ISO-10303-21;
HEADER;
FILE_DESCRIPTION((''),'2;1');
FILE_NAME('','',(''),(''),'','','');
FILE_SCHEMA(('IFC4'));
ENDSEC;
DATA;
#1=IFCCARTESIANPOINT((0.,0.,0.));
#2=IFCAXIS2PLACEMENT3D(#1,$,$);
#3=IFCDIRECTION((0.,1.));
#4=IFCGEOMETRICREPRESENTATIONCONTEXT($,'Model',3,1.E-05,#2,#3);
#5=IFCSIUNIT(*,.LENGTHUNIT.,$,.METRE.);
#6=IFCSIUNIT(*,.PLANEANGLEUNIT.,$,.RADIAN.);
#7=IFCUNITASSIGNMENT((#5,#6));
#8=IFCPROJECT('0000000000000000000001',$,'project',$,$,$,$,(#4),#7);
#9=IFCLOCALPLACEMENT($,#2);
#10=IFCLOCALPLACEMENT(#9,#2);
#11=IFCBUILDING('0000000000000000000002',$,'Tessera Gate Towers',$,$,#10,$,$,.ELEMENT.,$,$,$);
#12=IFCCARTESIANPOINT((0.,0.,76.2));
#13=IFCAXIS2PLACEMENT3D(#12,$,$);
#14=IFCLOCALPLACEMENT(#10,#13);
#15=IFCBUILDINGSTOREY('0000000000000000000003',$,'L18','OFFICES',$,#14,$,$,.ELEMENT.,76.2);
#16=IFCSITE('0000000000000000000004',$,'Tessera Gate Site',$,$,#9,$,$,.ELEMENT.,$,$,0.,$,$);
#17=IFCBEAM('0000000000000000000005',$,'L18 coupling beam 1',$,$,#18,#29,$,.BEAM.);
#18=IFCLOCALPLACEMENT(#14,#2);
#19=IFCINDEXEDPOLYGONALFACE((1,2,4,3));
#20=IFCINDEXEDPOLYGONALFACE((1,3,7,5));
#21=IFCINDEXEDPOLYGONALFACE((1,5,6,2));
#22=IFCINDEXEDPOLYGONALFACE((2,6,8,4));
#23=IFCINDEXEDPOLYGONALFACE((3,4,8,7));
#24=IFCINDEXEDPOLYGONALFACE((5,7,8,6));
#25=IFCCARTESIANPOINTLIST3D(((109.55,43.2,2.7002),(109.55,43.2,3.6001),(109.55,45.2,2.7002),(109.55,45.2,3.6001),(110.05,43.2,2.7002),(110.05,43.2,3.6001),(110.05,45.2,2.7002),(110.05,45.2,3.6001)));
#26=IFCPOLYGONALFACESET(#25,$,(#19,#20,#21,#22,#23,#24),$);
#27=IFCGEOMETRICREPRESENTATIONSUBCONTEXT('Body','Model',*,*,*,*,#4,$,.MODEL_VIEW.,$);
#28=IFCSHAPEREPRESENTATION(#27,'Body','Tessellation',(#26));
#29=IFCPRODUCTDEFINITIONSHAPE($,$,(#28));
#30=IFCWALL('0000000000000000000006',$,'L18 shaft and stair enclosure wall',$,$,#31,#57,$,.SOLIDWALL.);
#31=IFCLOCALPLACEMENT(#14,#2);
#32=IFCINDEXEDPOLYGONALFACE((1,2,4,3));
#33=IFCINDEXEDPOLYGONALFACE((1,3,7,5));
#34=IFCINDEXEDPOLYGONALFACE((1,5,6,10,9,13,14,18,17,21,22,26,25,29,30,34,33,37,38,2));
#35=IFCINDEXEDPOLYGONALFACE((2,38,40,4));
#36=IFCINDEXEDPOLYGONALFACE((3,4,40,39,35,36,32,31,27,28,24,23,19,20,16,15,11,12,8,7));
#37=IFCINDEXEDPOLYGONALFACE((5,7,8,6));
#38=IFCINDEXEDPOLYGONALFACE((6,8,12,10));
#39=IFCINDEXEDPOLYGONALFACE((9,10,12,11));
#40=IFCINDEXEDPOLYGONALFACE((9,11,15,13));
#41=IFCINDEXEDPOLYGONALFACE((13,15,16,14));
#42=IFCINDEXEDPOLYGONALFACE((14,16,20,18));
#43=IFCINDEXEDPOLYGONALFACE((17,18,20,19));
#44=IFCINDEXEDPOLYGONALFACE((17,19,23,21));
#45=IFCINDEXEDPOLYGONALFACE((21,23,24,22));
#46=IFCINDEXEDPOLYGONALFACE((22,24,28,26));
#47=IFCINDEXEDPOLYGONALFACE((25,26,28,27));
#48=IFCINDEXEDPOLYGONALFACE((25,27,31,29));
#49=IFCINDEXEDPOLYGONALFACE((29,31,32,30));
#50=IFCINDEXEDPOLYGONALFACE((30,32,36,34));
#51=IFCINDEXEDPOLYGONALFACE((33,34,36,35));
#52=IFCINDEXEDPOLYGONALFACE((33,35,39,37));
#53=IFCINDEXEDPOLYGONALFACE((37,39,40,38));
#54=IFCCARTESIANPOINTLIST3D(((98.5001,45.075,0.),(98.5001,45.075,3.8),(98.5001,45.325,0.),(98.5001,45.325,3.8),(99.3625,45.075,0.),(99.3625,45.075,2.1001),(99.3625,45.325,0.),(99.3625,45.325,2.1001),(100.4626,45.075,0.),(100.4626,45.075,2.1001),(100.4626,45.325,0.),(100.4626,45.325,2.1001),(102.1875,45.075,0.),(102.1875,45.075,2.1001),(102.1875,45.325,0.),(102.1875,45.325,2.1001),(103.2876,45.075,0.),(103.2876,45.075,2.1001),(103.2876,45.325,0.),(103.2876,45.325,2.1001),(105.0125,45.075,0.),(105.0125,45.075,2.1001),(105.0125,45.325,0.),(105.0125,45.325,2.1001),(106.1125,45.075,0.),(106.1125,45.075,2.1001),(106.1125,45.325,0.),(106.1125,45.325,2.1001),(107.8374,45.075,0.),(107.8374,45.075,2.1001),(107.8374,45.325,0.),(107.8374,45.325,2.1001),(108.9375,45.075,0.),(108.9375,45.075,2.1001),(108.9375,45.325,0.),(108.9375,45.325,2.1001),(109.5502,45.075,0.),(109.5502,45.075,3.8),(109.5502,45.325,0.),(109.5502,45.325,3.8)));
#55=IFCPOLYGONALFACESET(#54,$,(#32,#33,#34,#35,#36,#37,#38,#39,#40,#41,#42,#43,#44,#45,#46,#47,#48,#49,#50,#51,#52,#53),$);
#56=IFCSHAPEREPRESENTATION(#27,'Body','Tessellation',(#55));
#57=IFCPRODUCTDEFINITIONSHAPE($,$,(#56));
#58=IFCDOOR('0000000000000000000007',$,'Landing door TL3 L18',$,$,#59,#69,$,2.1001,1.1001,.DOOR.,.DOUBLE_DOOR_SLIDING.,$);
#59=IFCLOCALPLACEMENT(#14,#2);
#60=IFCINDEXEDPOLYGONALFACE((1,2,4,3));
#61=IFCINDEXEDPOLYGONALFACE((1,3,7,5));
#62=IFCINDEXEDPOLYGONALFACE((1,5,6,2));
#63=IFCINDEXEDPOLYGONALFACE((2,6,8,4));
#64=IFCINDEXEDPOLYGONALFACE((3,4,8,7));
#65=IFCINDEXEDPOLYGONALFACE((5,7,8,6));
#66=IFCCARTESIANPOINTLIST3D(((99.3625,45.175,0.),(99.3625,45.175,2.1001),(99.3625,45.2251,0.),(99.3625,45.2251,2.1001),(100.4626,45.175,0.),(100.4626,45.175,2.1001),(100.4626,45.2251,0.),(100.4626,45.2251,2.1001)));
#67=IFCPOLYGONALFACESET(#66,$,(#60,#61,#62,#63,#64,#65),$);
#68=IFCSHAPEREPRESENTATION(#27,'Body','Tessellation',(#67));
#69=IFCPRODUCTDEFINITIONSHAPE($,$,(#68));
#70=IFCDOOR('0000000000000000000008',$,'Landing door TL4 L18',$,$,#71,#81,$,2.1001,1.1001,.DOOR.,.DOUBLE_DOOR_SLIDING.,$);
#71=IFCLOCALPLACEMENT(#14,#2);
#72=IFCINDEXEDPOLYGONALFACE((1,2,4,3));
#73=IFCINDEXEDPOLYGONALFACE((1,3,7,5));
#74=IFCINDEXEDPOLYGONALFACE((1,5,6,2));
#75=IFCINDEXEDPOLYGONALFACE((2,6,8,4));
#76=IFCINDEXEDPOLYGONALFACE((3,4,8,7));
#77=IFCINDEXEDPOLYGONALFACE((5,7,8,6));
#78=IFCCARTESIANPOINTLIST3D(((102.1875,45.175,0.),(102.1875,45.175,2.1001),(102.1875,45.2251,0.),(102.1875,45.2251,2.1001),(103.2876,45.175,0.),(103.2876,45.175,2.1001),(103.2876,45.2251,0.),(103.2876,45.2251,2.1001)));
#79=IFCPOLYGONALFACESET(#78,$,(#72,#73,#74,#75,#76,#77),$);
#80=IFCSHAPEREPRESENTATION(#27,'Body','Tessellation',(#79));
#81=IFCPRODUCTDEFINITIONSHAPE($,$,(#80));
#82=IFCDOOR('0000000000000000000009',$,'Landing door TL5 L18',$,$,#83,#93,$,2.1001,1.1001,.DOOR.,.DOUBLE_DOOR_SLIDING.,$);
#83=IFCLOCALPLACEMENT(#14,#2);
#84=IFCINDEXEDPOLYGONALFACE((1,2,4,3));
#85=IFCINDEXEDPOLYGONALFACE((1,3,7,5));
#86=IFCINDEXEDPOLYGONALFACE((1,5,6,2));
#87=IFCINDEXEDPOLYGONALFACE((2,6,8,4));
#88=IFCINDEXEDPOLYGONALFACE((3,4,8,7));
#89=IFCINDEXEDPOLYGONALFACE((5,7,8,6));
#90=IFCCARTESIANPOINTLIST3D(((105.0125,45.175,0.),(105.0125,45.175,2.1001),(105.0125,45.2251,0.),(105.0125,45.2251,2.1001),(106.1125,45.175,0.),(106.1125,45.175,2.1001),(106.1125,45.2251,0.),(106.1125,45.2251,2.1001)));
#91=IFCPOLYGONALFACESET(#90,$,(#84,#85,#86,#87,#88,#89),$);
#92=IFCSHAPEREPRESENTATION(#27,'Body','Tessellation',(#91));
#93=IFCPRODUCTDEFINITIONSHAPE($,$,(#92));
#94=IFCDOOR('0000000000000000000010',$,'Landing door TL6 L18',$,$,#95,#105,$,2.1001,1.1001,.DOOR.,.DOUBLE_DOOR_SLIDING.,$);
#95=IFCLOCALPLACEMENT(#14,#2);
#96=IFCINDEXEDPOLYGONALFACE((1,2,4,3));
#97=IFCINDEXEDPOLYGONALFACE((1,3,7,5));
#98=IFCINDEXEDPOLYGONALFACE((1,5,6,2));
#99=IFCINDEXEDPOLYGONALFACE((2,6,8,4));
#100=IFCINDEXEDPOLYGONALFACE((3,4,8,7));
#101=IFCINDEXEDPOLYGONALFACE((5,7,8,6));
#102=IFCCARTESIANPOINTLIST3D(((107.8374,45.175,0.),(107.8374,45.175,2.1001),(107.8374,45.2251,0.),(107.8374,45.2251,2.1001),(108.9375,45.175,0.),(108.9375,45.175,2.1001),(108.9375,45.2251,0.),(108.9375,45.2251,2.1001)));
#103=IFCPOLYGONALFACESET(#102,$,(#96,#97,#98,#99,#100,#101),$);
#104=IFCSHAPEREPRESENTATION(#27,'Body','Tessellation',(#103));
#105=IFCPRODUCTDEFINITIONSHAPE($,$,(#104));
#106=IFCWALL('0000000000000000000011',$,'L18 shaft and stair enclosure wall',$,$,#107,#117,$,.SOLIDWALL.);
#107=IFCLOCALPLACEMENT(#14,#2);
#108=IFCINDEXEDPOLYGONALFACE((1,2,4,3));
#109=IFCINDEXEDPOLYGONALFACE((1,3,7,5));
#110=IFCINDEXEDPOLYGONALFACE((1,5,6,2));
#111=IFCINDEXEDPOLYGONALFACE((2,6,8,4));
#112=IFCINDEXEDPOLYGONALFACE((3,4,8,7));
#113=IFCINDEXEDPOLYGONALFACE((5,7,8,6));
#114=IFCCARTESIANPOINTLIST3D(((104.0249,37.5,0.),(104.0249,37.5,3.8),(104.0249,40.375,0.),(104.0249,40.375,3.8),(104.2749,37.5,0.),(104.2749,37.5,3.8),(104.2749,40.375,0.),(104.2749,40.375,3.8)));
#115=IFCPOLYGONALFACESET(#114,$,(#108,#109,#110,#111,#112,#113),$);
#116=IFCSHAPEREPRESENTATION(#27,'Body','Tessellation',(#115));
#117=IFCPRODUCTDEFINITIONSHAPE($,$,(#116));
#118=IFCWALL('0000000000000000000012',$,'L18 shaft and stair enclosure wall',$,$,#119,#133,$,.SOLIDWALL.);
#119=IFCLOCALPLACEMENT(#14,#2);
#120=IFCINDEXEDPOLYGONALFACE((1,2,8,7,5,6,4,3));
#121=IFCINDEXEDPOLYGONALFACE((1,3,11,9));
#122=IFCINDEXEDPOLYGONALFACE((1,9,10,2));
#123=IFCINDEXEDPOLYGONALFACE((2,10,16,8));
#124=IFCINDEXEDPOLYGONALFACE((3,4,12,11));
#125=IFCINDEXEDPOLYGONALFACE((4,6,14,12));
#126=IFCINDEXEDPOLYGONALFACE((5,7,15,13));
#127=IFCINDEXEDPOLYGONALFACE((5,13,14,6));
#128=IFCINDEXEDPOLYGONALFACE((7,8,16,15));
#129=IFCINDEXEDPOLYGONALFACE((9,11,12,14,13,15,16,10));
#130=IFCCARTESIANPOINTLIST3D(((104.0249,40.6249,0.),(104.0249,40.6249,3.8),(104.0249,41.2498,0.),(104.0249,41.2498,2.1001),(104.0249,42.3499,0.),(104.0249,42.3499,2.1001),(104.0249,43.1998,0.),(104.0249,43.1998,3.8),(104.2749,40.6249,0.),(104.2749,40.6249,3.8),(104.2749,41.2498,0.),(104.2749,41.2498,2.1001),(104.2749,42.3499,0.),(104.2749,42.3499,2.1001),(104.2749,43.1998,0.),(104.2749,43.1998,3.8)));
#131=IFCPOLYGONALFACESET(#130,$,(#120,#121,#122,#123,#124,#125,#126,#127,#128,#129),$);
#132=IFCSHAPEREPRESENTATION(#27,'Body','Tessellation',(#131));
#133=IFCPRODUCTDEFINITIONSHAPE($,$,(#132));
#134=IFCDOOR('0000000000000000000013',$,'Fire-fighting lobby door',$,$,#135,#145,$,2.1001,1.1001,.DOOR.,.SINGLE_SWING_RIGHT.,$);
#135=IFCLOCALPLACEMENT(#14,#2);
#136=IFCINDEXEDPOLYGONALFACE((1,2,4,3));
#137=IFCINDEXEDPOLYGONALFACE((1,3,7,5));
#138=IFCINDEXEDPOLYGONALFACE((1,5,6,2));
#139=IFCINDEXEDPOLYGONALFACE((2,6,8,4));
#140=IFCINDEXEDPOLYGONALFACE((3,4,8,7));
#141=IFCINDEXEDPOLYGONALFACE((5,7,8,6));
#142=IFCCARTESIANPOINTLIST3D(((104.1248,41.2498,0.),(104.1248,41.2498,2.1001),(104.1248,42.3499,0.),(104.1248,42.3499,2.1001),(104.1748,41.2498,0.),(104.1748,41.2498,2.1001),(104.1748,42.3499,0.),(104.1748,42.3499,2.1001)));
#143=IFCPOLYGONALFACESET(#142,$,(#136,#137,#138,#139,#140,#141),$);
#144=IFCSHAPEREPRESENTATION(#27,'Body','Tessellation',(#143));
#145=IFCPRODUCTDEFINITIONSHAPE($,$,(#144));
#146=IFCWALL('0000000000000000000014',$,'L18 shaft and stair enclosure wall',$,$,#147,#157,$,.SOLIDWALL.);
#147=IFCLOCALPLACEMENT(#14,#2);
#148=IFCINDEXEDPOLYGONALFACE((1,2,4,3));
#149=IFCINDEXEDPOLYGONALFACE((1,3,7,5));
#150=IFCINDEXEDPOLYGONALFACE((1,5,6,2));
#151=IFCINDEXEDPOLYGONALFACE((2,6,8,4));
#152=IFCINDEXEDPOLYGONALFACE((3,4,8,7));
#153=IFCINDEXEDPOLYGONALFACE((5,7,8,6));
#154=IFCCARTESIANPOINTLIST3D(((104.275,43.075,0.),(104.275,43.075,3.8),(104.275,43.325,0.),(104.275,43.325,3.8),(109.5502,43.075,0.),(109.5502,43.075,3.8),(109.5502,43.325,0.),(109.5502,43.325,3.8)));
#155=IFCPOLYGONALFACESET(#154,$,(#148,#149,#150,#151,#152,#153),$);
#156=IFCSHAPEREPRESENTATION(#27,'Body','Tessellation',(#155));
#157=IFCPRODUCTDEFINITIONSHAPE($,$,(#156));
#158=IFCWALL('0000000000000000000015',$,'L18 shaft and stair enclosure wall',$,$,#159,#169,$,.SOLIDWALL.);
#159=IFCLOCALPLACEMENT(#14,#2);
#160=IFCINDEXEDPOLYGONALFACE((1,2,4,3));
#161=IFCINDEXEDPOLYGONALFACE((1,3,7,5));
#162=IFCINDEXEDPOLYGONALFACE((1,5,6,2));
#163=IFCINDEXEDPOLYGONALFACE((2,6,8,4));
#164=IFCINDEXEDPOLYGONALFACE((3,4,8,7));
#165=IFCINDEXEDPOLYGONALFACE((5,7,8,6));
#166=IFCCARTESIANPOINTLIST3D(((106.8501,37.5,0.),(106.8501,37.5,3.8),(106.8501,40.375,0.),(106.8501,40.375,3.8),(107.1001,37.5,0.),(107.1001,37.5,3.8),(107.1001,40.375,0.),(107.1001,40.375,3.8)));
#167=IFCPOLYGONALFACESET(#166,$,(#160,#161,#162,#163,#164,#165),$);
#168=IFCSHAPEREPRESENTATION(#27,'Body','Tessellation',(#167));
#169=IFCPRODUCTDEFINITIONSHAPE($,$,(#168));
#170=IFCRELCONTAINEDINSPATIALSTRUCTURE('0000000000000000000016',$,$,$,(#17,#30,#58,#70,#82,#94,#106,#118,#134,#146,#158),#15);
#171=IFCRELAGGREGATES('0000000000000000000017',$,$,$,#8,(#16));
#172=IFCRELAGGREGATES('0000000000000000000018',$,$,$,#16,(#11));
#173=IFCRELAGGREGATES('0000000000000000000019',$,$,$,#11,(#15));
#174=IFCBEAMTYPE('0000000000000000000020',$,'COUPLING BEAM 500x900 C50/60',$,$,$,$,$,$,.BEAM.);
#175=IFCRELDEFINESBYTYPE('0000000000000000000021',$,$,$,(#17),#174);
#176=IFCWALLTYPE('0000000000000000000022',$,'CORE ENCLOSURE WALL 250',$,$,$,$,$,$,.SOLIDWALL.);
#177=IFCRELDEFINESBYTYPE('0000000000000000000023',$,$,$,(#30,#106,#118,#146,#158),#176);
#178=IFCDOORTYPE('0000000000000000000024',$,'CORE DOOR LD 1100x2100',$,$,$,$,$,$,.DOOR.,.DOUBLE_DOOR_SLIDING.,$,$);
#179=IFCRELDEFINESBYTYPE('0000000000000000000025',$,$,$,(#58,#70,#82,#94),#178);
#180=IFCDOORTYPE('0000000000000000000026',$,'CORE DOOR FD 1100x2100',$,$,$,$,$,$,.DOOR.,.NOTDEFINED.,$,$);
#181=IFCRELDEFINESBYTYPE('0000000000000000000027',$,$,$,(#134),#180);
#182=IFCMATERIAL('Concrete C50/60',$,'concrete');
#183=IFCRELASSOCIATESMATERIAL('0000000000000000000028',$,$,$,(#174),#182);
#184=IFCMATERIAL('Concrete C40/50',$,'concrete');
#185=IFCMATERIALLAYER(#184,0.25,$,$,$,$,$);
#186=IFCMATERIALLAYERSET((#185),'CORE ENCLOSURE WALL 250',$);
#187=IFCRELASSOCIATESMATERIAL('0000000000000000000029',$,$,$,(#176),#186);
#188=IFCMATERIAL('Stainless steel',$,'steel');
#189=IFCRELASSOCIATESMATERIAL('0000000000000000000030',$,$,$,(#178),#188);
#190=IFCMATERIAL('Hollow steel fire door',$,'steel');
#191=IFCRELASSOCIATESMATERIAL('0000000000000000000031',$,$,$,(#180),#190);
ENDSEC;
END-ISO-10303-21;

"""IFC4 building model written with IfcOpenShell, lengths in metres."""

from ifc_helpers import new_model, si_unit, direction, frame, frame_2d, origin, origin_2d, place, context, subcontext, project, spatial, rectangle, extrude, source, transform, mapped, material, layer, layer_set, material_profile, profile_set, type_object, element, fill, save


model = new_model("IFC4")

# Units and contexts
model_context = context("Model", 3, precision=1e-05, world=origin(), true_north=direction((0.0, 1.0)))
body_context = subcontext(model_context, "Body", "Model", "MODEL_VIEW")
ifc_project = project(units=[si_unit("LENGTHUNIT", "METRE"), si_unit("PLANEANGLEUNIT", "RADIAN")], contexts=[model_context])

# Site, building, storey
site_placement = place(None, origin())
site = spatial("IfcSite", under=ifc_project, at=site_placement, Name="Tessera Gate Site", CompositionType="ELEMENT", RefElevation=0.0)
building_placement = place(site_placement, origin())
building = spatial("IfcBuilding", under=site, at=building_placement, Name="Tessera Gate Towers", CompositionType="ELEMENT")
storey_placement = place(building_placement, frame((0.0, 0.0, 76.2)))
storey = spatial("IfcBuildingStorey", under=building, at=storey_placement, Name="L18", Description="OFFICES", CompositionType="ELEMENT", Elevation=76.2)

# Beam
ifc_material_1 = material(Name="Concrete C50/60", Category="concrete")
ifc_material_profile = material_profile(ifc_material_1, rectangle(XDim=0.5, YDim=0.8999, at=origin_2d()), Name="RC 500x900")
ifc_profile_set = profile_set([ifc_material_profile], Name="Concrete C50/60")
beam_type = type_object("IfcBeamType", Name="COUPLING BEAM 500x900 C50/60", PredefinedType="BEAM", material=ifc_profile_set)
beam_placement = place(storey_placement, frame((109.8, 43.2, 3.1501), z_axis=(0.0, 1.0, 0.0), x_axis=(-1.0, 0.0, 0.0)))
element("IfcBeam", 1, at=beam_placement, inside=storey, type_object=beam_type, Name="L18 coupling beam 1", PredefinedType="BEAM", context=body_context, shape_type="SweptSolid", body=[
    extrude(rectangle(XDim=0.5, YDim=0.8999, at=origin_2d()), origin(), (0.0, 0.0, 1.0), 2.0),
])

# Wall, openings, doors
ifc_material_2 = material(Name="Concrete C40/50", Category="concrete")
ifc_layer_1 = layer(ifc_material_2, 0.25)
ifc_layer_set_1 = layer_set([ifc_layer_1], Name="CORE ENCLOSURE WALL 250")
wall_type_1 = type_object("IfcWallType", Name="CORE ENCLOSURE WALL 250", PredefinedType="SOLIDWALL", material=ifc_layer_set_1)
wall_1_placement = place(storey_placement, frame((109.55, 45.2, 0.0), z_axis=(0.0, 0.0, 1.0), x_axis=(-1.0, 0.0, 0.0)))
wall_1 = element("IfcWall", 2, at=wall_1_placement, inside=storey, type_object=wall_type_1, Name="L18 shaft and stair enclosure wall", PredefinedType="SOLIDWALL", context=body_context, shape_type="SweptSolid", body=[
    extrude(rectangle(XDim=11.05, YDim=0.25, at=frame_2d((5.5249, 0.0))), origin(), (0.0, 0.0, 1.0), 3.8),
])
shared_shape_1 = source(origin(), body_context, "Body", "SweptSolid", [
    extrude(rectangle(XDim=1.1001, YDim=2.1001, at=frame_2d((0.55, 1.05))), frame((0.0, 0.135, 0.0), z_axis=(0.0, -1.0, 0.0), x_axis=(1.0, 0.0, 0.0)), (0.0, 0.0, 1.0), 0.27),
])
opening_1_placement = place(wall_1_placement, frame((9.0874, 0.0, 0.0)))
opening_1 = element("IfcOpeningElement", 3, at=opening_1_placement, cuts=wall_1, PredefinedType="OPENING", context=body_context, shape_type="MappedRepresentation", body=[
    mapped(shared_shape_1, transform((0.0, 0.0, 0.0), scale=1.0)),
])
opening_2_placement = place(wall_1_placement, frame((6.2625, 0.0, 0.0)))
opening_2 = element("IfcOpeningElement", 4, at=opening_2_placement, cuts=wall_1, PredefinedType="OPENING", context=body_context, shape_type="MappedRepresentation", body=[
    mapped(shared_shape_1, transform((0.0, 0.0, 0.0), scale=1.0)),
])
opening_3_placement = place(wall_1_placement, frame((3.4375, 0.0, 0.0)))
opening_3 = element("IfcOpeningElement", 5, at=opening_3_placement, cuts=wall_1, PredefinedType="OPENING", context=body_context, shape_type="MappedRepresentation", body=[
    mapped(shared_shape_1, transform((0.0, 0.0, 0.0), scale=1.0)),
])
opening_4_placement = place(wall_1_placement, frame((0.6125, 0.0, 0.0)))
opening_4 = element("IfcOpeningElement", 6, at=opening_4_placement, cuts=wall_1, PredefinedType="OPENING", context=body_context, shape_type="MappedRepresentation", body=[
    mapped(shared_shape_1, transform((0.0, 0.0, 0.0), scale=1.0)),
])
ifc_material_3 = material(Name="Stainless steel", Category="steel")
door_type_1 = type_object("IfcDoorType", Name="CORE DOOR LD 1100x2100", OperationType="DOUBLE_DOOR_SLIDING", PredefinedType="DOOR", material=ifc_material_3)
shared_shape_2 = source(origin(), body_context, "Body", "SweptSolid", [
    extrude(rectangle(XDim=1.1001, YDim=2.1001, at=frame_2d((0.55, 1.05))), frame((0.0, 0.0249, 0.0), z_axis=(0.0, -1.0, 0.0), x_axis=(1.0, 0.0, 0.0)), (0.0, 0.0, 1.0), 0.05),
])
door_1_placement = place(opening_1_placement, origin())
door_1 = element("IfcDoor", 7, at=door_1_placement, inside=storey, type_object=door_type_1, Name="Landing door TL3 L18", OperationType="DOUBLE_DOOR_SLIDING", OverallHeight=2.1001, OverallWidth=1.1001, PredefinedType="DOOR", context=body_context, shape_type="MappedRepresentation", body=[
    mapped(shared_shape_2, transform((0.0, 0.0, 0.0), scale=1.0)),
])
fill(opening_1, door_1)
door_2_placement = place(opening_2_placement, origin())
door_2 = element("IfcDoor", 8, at=door_2_placement, inside=storey, type_object=door_type_1, Name="Landing door TL4 L18", OperationType="DOUBLE_DOOR_SLIDING", OverallHeight=2.1001, OverallWidth=1.1001, PredefinedType="DOOR", context=body_context, shape_type="MappedRepresentation", body=[
    mapped(shared_shape_2, transform((0.0, 0.0, 0.0), scale=1.0)),
])
fill(opening_2, door_2)
door_3_placement = place(opening_3_placement, origin())
door_3 = element("IfcDoor", 9, at=door_3_placement, inside=storey, type_object=door_type_1, Name="Landing door TL5 L18", OperationType="DOUBLE_DOOR_SLIDING", OverallHeight=2.1001, OverallWidth=1.1001, PredefinedType="DOOR", context=body_context, shape_type="MappedRepresentation", body=[
    mapped(shared_shape_2, transform((0.0, 0.0, 0.0), scale=1.0)),
])
fill(opening_3, door_3)
door_4_placement = place(opening_4_placement, origin())
door_4 = element("IfcDoor", 10, at=door_4_placement, inside=storey, type_object=door_type_1, Name="Landing door TL6 L18", OperationType="DOUBLE_DOOR_SLIDING", OverallHeight=2.1001, OverallWidth=1.1001, PredefinedType="DOOR", context=body_context, shape_type="MappedRepresentation", body=[
    mapped(shared_shape_2, transform((0.0, 0.0, 0.0), scale=1.0)),
])
fill(opening_4, door_4)

# Wall
wall_2_placement = place(storey_placement, frame((104.1499, 37.5, 0.0), z_axis=(0.0, 0.0, 1.0), x_axis=(0.0, 1.0, 0.0)))
element("IfcWall", 11, at=wall_2_placement, inside=storey, type_object=wall_type_1, Name="L18 shaft and stair enclosure wall", PredefinedType="SOLIDWALL", context=body_context, shape_type="SweptSolid", body=[
    extrude(rectangle(XDim=2.875, YDim=0.25, at=frame_2d((1.4375, 0.0))), origin(), (0.0, 0.0, 1.0), 3.8),
])

# Wall, opening, door
wall_3_placement = place(storey_placement, frame((104.1499, 43.2, 0.0), z_axis=(0.0, 0.0, 1.0), x_axis=(0.0, -1.0, 0.0)))
wall_3 = element("IfcWall", 12, at=wall_3_placement, inside=storey, type_object=wall_type_1, Name="L18 shaft and stair enclosure wall", PredefinedType="SOLIDWALL", context=body_context, shape_type="SweptSolid", body=[
    extrude(rectangle(XDim=2.575, YDim=0.25, at=frame_2d((1.2876, 0.0))), origin(), (0.0, 0.0, 1.0), 3.8),
])
opening_5_placement = place(wall_3_placement, frame((0.8501, 0.0, 0.0)))
opening_5 = element("IfcOpeningElement", 13, at=opening_5_placement, cuts=wall_3, PredefinedType="OPENING", context=body_context, shape_type="MappedRepresentation", body=[
    mapped(shared_shape_1, transform((0.0, 0.0, 0.0), scale=1.0)),
])
ifc_material_4 = material(Name="Hollow steel fire door", Category="steel")
door_type_2 = type_object("IfcDoorType", Name="CORE DOOR FD 1100x2100", OperationType="NOTDEFINED", PredefinedType="DOOR", material=ifc_material_4)
door_5_placement = place(opening_5_placement, origin())
door_5 = element("IfcDoor", 14, at=door_5_placement, inside=storey, type_object=door_type_2, Name="Fire-fighting lobby door", OperationType="SINGLE_SWING_RIGHT", OverallHeight=2.1001, OverallWidth=1.1001, PredefinedType="DOOR", context=body_context, shape_type="MappedRepresentation", body=[
    mapped(shared_shape_2, transform((0.0, 0.0, 0.0), scale=1.0)),
])
fill(opening_5, door_5)

# Walls
wall_4_placement = place(storey_placement, frame((104.2749, 43.2, 0.0), z_axis=(0.0, 0.0, 1.0), x_axis=(1.0, 0.0, 0.0)))
element("IfcWall", 15, at=wall_4_placement, inside=storey, type_object=wall_type_1, Name="L18 shaft and stair enclosure wall", PredefinedType="SOLIDWALL", context=body_context, shape_type="SweptSolid", body=[
    extrude(rectangle(XDim=5.2751, YDim=0.25, at=frame_2d((2.6377, 0.0))), origin(), (0.0, 0.0, 1.0), 3.8),
])
wall_5_placement = place(storey_placement, frame((106.9751, 37.5, 0.0), z_axis=(0.0, 0.0, 1.0), x_axis=(0.0, 1.0, 0.0)))
element("IfcWall", 16, at=wall_5_placement, inside=storey, type_object=wall_type_1, Name="L18 shaft and stair enclosure wall", PredefinedType="SOLIDWALL", context=body_context, shape_type="SweptSolid", body=[
    extrude(rectangle(XDim=2.875, YDim=0.25, at=frame_2d((1.4375, 0.0))), origin(), (0.0, 0.0, 1.0), 3.8),
])

save(model, "model.ifc")
